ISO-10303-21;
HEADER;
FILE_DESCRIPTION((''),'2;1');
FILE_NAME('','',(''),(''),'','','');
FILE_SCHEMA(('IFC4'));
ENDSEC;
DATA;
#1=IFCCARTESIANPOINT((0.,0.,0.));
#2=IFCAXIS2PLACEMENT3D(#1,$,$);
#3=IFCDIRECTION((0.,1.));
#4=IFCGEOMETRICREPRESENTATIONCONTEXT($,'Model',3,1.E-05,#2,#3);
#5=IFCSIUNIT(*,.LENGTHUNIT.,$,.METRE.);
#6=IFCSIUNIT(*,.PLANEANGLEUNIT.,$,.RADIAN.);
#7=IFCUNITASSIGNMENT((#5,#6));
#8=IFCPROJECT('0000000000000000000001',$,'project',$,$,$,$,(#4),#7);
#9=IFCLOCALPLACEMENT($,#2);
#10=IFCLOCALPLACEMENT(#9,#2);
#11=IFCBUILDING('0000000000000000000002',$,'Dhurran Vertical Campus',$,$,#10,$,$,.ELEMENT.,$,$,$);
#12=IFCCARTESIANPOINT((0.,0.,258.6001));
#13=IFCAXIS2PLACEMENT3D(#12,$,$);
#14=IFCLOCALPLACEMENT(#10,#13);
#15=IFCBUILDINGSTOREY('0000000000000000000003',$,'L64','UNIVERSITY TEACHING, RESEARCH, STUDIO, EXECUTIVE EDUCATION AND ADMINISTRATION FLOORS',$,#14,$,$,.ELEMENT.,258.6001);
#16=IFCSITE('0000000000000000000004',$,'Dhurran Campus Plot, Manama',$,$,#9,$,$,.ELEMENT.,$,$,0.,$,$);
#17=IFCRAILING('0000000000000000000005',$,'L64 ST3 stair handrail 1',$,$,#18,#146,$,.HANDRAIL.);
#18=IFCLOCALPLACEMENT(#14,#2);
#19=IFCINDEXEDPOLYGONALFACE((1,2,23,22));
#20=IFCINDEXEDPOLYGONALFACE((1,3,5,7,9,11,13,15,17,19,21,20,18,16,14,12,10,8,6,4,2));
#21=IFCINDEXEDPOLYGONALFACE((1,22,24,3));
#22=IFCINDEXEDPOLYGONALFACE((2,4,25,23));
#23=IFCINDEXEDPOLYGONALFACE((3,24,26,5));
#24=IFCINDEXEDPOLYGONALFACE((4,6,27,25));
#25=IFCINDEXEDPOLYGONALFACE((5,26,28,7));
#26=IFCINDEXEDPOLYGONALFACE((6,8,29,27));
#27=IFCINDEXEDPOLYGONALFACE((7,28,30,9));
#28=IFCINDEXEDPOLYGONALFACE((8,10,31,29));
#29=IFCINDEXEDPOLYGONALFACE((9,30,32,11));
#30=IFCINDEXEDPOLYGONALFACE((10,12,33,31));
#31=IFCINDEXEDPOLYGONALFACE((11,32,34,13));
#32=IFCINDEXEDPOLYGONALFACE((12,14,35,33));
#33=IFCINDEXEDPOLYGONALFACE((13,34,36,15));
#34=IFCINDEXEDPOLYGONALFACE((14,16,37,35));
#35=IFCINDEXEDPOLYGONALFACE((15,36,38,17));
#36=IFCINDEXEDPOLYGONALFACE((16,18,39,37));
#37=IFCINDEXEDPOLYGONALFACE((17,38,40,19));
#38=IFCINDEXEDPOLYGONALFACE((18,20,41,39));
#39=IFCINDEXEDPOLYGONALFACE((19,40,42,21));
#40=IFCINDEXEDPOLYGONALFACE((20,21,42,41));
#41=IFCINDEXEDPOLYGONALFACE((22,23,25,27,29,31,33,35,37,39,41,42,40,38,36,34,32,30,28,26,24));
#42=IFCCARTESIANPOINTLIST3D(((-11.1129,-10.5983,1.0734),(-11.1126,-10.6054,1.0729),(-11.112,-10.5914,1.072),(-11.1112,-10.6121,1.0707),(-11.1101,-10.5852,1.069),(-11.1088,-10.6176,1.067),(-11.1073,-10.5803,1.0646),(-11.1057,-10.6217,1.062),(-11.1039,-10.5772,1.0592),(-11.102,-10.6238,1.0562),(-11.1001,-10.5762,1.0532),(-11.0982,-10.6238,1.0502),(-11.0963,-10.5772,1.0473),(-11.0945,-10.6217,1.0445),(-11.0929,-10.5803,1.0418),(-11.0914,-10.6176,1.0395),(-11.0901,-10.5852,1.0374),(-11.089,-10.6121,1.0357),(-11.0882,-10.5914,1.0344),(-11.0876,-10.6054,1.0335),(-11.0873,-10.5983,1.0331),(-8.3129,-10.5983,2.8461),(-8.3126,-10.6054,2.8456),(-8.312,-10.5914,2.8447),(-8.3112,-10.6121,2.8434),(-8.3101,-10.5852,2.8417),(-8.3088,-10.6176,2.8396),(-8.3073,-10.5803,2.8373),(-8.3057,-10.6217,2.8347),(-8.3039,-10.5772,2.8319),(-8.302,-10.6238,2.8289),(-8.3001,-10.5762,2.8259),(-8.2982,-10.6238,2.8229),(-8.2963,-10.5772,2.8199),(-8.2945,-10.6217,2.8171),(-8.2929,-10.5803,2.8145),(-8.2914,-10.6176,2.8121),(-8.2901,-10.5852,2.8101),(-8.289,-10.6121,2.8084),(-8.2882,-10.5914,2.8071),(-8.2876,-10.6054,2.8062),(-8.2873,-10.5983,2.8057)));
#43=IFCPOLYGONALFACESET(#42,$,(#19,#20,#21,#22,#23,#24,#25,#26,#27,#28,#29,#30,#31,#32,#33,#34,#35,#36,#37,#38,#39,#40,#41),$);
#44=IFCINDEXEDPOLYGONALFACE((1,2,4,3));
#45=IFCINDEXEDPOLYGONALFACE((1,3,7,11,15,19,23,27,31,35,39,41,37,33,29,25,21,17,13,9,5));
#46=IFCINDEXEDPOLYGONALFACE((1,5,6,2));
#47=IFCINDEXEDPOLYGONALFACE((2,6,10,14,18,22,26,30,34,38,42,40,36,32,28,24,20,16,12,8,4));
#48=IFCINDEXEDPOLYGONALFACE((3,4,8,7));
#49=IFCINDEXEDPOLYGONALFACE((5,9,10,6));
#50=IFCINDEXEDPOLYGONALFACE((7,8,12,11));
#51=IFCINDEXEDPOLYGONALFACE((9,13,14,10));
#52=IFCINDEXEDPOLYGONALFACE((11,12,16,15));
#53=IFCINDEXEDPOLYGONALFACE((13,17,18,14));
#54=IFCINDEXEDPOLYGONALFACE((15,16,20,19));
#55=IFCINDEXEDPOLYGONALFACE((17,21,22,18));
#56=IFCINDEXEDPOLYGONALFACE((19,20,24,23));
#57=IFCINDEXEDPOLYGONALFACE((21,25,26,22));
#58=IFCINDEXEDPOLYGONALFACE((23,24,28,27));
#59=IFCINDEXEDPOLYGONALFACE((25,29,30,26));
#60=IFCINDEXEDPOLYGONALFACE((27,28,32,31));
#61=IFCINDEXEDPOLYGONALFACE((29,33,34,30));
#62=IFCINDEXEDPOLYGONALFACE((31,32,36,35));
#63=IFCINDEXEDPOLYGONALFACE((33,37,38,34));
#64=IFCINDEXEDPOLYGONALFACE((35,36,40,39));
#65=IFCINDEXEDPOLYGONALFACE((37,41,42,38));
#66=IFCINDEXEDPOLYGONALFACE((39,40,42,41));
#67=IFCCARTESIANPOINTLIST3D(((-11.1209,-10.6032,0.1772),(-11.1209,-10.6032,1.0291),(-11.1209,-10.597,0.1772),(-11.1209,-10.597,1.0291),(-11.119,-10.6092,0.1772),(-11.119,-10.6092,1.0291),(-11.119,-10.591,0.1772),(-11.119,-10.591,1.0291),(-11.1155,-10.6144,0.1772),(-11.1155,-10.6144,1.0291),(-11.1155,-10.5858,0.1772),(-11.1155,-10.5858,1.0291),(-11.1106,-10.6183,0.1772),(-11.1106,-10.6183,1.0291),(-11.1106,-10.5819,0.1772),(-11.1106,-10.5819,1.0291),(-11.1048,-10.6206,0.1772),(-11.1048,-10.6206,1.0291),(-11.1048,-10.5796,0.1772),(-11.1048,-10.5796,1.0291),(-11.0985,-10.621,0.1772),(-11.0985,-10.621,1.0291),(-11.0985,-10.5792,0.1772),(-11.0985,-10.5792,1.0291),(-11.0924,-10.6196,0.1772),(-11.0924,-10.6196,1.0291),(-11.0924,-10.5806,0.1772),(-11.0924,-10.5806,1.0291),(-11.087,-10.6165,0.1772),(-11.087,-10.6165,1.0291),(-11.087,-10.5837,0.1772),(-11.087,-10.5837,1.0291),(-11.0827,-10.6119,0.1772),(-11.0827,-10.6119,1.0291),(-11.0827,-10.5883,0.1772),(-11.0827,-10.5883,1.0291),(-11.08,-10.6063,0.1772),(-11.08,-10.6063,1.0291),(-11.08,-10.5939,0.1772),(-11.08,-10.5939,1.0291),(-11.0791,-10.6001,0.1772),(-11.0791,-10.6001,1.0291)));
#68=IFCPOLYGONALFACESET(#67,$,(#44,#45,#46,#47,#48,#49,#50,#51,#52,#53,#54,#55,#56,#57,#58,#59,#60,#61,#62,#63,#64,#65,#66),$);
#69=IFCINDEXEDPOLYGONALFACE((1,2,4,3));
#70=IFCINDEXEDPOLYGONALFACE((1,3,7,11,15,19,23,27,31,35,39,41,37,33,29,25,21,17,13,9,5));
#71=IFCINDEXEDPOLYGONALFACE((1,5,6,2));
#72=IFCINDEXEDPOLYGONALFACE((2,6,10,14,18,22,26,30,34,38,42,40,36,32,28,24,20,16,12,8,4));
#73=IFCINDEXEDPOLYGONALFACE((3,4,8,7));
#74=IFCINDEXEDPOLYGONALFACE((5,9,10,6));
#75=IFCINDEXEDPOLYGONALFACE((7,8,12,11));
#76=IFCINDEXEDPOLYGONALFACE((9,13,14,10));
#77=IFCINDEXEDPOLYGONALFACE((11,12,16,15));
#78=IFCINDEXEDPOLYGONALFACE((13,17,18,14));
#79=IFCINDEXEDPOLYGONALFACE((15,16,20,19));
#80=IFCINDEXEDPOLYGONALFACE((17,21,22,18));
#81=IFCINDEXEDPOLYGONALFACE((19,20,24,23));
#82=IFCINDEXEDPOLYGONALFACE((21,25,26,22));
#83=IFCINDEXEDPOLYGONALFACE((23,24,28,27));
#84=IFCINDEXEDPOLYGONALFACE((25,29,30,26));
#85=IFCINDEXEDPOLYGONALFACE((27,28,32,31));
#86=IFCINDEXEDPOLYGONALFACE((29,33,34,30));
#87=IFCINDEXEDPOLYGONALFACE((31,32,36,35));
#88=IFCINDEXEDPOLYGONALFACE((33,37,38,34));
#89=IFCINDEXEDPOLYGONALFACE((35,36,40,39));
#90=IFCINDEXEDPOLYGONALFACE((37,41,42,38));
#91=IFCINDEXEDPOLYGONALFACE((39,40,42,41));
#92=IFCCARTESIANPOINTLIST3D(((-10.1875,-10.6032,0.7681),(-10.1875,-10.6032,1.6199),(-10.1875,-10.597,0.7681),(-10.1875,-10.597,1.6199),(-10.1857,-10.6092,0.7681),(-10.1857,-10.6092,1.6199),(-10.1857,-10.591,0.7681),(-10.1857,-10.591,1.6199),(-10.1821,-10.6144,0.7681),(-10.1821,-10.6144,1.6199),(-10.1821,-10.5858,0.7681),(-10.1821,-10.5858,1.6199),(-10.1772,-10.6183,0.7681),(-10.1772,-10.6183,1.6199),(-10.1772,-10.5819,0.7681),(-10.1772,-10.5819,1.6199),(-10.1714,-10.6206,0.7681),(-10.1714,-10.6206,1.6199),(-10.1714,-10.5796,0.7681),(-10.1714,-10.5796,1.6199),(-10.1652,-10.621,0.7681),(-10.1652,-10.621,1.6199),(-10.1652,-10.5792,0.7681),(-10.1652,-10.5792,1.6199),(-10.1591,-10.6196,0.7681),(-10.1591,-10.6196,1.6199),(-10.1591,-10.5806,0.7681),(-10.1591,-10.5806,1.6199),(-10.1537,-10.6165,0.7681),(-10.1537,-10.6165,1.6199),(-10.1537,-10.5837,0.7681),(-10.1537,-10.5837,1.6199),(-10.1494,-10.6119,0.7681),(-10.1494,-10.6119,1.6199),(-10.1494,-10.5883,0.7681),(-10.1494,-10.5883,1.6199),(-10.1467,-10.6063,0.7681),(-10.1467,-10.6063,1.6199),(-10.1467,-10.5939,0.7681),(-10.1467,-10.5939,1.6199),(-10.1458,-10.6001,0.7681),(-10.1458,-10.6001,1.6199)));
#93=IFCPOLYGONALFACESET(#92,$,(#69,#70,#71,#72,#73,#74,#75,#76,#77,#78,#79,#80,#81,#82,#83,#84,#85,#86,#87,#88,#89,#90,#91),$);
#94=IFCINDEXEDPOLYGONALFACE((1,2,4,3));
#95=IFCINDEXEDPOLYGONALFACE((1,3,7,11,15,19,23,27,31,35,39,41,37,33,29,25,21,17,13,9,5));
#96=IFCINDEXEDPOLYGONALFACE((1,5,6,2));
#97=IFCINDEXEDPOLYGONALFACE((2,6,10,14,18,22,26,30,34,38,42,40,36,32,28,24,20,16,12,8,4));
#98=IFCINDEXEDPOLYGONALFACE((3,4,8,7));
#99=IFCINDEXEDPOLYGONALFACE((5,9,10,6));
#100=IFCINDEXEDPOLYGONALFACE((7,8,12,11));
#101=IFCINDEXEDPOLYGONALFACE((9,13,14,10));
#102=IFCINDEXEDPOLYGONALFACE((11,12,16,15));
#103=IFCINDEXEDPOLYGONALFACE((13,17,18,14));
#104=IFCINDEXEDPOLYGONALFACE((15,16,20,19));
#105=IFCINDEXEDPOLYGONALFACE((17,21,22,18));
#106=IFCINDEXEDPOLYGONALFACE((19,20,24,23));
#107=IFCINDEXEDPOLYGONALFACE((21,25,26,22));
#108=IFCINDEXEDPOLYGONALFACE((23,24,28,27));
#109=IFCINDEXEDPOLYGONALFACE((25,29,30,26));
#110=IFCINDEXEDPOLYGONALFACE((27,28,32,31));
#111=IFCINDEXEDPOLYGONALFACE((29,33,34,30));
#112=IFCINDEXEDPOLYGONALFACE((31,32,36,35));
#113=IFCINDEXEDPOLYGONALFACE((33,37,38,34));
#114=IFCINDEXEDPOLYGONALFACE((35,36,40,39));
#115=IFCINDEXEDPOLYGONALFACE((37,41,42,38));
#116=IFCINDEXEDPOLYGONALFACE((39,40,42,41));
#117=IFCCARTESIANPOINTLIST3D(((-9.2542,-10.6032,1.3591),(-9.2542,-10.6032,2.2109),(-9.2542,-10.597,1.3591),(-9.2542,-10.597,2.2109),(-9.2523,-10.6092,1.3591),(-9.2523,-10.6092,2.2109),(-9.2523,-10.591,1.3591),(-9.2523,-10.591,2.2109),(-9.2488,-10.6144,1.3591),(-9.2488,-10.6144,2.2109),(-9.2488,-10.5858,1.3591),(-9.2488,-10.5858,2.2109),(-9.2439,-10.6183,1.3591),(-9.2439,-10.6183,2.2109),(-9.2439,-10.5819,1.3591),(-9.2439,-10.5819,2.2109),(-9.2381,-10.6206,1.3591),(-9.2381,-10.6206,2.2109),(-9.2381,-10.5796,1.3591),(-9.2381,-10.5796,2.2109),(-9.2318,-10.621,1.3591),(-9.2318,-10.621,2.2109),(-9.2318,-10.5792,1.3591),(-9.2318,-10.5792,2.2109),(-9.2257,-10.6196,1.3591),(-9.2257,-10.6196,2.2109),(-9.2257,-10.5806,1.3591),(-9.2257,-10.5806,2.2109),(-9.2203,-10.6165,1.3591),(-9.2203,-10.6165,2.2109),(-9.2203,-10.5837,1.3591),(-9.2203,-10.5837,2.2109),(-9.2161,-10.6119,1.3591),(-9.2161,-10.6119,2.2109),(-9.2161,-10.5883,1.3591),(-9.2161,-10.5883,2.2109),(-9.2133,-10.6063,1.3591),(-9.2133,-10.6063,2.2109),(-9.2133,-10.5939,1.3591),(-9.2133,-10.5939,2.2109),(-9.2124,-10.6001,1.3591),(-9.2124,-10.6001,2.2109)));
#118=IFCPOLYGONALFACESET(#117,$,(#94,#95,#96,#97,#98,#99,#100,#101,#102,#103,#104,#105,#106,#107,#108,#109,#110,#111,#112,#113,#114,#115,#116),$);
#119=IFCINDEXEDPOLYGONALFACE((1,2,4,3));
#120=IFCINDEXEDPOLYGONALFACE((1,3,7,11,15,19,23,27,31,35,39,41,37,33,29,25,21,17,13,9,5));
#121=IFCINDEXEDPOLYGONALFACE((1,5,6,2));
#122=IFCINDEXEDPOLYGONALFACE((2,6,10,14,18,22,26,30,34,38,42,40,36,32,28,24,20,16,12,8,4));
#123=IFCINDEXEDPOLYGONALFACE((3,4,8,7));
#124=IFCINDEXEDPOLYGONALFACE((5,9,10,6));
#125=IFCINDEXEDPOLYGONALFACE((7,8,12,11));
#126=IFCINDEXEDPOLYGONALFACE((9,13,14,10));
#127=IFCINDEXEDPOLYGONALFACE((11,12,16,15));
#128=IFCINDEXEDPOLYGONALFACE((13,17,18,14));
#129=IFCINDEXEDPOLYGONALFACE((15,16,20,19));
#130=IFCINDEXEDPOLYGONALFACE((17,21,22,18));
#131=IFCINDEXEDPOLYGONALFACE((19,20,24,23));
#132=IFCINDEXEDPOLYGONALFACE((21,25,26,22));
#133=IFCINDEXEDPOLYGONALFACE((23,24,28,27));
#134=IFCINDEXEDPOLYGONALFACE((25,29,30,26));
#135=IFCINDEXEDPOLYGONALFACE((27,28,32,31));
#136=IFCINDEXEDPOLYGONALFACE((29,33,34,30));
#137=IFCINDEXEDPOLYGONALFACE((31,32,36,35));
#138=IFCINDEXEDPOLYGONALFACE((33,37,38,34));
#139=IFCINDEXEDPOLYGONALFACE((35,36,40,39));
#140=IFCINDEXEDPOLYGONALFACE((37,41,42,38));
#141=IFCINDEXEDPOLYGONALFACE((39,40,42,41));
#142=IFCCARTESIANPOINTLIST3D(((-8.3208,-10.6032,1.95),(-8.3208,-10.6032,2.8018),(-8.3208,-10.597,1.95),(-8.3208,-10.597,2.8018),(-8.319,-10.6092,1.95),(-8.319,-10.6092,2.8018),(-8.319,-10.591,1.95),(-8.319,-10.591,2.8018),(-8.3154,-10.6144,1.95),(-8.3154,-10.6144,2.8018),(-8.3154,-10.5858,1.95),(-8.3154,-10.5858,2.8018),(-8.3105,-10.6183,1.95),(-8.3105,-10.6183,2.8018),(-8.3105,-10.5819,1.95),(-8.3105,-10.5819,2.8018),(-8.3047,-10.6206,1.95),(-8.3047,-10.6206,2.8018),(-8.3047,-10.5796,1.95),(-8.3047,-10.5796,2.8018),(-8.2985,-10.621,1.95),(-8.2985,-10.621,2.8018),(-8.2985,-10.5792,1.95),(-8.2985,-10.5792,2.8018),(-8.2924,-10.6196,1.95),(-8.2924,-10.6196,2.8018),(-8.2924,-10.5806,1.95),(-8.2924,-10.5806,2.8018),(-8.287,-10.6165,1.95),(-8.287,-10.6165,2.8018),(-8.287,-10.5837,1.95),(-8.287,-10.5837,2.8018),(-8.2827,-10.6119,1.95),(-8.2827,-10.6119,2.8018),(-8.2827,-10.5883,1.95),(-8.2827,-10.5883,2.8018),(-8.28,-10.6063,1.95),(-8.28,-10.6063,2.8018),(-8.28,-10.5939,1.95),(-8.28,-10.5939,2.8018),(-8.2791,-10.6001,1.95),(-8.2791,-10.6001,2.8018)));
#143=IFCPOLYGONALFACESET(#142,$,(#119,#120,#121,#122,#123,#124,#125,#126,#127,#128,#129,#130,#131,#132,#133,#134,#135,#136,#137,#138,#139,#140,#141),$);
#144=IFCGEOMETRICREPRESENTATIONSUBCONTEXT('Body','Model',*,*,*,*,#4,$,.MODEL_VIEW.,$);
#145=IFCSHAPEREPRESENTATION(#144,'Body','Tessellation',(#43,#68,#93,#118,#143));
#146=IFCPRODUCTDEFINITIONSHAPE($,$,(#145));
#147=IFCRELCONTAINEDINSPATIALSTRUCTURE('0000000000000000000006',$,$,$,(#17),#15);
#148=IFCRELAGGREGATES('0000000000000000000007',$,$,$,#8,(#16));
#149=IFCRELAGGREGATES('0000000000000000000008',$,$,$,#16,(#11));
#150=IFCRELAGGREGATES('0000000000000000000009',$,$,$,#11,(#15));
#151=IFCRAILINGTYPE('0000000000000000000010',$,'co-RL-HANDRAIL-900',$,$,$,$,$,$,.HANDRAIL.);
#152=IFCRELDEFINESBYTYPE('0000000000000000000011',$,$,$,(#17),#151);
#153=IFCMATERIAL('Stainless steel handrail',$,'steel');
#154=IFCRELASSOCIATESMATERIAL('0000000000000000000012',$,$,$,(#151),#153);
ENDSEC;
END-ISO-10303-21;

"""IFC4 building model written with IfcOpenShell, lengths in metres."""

from ifc_helpers import new_model, si_unit, direction, frame, origin, origin_2d, place, context, subcontext, project, spatial, circle, extrude, material, type_object, element, save


model = new_model("IFC4")

# Units and contexts
model_context = context("Model", 3, precision=1e-05, world=origin(), true_north=direction((0.0, 1.0)))
body_context = subcontext(model_context, "Body", "Model", "MODEL_VIEW")
ifc_project = project(units=[si_unit("LENGTHUNIT", "METRE"), si_unit("PLANEANGLEUNIT", "RADIAN")], contexts=[model_context])

# Site, building, storey
site_placement = place(None, origin())
site = spatial("IfcSite", under=ifc_project, at=site_placement, Name="Dhurran Campus Plot, Manama", CompositionType="ELEMENT", RefElevation=0.0)
building_placement = place(site_placement, origin())
building = spatial("IfcBuilding", under=site, at=building_placement, Name="Dhurran Vertical Campus", CompositionType="ELEMENT")
storey_placement = place(building_placement, frame((0.0, 0.0, 258.6001)))
storey = spatial("IfcBuildingStorey", under=building, at=storey_placement, Name="L64", Description="UNIVERSITY TEACHING, RESEARCH, STUDIO, EXECUTIVE EDUCATION AND ADMINISTRATION FLOORS", CompositionType="ELEMENT", Elevation=258.6001)

# Railing
ifc_material_1 = material(Name="Stainless steel handrail", Category="steel")
railing_type_1 = type_object("IfcRailingType", Name="co-RL-HANDRAIL-900", PredefinedType="HANDRAIL", material=ifc_material_1)
railing_1_placement = place(storey_placement, frame((-11.1001, -10.6001, 0.1772)))
element("IfcRailing", 1, at=railing_1_placement, inside=storey, type_object=railing_type_1, Name="L64 ST3 stair handrail 1", PredefinedType="HANDRAIL", context=body_context, shape_type="SweptSolid", body=[
    extrude(circle(Radius=0.0239, at=origin_2d()), frame((0.0, 0.0, 0.876), z_axis=(0.844909, 0.0, 0.53491), x_axis=(0.0, 1.0, 0.0)), (0.0, 0.0, 1.0), 3.314),
    extrude(circle(Radius=0.021, at=origin_2d()), origin(), (0.0, 0.0, 1.0), 0.8518),
    extrude(circle(Radius=0.021, at=origin_2d()), frame((0.9333, 0.0, 0.5908)), (0.0, 0.0, 1.0), 0.8518),
    extrude(circle(Radius=0.021, at=origin_2d()), frame((1.8667, 0.0, 1.1819)), (0.0, 0.0, 1.0), 0.8518),
    extrude(circle(Radius=0.021, at=origin_2d()), frame((2.8, 0.0, 1.7727)), (0.0, 0.0, 1.0), 0.8518),
])

save(model, "model.ifc")
